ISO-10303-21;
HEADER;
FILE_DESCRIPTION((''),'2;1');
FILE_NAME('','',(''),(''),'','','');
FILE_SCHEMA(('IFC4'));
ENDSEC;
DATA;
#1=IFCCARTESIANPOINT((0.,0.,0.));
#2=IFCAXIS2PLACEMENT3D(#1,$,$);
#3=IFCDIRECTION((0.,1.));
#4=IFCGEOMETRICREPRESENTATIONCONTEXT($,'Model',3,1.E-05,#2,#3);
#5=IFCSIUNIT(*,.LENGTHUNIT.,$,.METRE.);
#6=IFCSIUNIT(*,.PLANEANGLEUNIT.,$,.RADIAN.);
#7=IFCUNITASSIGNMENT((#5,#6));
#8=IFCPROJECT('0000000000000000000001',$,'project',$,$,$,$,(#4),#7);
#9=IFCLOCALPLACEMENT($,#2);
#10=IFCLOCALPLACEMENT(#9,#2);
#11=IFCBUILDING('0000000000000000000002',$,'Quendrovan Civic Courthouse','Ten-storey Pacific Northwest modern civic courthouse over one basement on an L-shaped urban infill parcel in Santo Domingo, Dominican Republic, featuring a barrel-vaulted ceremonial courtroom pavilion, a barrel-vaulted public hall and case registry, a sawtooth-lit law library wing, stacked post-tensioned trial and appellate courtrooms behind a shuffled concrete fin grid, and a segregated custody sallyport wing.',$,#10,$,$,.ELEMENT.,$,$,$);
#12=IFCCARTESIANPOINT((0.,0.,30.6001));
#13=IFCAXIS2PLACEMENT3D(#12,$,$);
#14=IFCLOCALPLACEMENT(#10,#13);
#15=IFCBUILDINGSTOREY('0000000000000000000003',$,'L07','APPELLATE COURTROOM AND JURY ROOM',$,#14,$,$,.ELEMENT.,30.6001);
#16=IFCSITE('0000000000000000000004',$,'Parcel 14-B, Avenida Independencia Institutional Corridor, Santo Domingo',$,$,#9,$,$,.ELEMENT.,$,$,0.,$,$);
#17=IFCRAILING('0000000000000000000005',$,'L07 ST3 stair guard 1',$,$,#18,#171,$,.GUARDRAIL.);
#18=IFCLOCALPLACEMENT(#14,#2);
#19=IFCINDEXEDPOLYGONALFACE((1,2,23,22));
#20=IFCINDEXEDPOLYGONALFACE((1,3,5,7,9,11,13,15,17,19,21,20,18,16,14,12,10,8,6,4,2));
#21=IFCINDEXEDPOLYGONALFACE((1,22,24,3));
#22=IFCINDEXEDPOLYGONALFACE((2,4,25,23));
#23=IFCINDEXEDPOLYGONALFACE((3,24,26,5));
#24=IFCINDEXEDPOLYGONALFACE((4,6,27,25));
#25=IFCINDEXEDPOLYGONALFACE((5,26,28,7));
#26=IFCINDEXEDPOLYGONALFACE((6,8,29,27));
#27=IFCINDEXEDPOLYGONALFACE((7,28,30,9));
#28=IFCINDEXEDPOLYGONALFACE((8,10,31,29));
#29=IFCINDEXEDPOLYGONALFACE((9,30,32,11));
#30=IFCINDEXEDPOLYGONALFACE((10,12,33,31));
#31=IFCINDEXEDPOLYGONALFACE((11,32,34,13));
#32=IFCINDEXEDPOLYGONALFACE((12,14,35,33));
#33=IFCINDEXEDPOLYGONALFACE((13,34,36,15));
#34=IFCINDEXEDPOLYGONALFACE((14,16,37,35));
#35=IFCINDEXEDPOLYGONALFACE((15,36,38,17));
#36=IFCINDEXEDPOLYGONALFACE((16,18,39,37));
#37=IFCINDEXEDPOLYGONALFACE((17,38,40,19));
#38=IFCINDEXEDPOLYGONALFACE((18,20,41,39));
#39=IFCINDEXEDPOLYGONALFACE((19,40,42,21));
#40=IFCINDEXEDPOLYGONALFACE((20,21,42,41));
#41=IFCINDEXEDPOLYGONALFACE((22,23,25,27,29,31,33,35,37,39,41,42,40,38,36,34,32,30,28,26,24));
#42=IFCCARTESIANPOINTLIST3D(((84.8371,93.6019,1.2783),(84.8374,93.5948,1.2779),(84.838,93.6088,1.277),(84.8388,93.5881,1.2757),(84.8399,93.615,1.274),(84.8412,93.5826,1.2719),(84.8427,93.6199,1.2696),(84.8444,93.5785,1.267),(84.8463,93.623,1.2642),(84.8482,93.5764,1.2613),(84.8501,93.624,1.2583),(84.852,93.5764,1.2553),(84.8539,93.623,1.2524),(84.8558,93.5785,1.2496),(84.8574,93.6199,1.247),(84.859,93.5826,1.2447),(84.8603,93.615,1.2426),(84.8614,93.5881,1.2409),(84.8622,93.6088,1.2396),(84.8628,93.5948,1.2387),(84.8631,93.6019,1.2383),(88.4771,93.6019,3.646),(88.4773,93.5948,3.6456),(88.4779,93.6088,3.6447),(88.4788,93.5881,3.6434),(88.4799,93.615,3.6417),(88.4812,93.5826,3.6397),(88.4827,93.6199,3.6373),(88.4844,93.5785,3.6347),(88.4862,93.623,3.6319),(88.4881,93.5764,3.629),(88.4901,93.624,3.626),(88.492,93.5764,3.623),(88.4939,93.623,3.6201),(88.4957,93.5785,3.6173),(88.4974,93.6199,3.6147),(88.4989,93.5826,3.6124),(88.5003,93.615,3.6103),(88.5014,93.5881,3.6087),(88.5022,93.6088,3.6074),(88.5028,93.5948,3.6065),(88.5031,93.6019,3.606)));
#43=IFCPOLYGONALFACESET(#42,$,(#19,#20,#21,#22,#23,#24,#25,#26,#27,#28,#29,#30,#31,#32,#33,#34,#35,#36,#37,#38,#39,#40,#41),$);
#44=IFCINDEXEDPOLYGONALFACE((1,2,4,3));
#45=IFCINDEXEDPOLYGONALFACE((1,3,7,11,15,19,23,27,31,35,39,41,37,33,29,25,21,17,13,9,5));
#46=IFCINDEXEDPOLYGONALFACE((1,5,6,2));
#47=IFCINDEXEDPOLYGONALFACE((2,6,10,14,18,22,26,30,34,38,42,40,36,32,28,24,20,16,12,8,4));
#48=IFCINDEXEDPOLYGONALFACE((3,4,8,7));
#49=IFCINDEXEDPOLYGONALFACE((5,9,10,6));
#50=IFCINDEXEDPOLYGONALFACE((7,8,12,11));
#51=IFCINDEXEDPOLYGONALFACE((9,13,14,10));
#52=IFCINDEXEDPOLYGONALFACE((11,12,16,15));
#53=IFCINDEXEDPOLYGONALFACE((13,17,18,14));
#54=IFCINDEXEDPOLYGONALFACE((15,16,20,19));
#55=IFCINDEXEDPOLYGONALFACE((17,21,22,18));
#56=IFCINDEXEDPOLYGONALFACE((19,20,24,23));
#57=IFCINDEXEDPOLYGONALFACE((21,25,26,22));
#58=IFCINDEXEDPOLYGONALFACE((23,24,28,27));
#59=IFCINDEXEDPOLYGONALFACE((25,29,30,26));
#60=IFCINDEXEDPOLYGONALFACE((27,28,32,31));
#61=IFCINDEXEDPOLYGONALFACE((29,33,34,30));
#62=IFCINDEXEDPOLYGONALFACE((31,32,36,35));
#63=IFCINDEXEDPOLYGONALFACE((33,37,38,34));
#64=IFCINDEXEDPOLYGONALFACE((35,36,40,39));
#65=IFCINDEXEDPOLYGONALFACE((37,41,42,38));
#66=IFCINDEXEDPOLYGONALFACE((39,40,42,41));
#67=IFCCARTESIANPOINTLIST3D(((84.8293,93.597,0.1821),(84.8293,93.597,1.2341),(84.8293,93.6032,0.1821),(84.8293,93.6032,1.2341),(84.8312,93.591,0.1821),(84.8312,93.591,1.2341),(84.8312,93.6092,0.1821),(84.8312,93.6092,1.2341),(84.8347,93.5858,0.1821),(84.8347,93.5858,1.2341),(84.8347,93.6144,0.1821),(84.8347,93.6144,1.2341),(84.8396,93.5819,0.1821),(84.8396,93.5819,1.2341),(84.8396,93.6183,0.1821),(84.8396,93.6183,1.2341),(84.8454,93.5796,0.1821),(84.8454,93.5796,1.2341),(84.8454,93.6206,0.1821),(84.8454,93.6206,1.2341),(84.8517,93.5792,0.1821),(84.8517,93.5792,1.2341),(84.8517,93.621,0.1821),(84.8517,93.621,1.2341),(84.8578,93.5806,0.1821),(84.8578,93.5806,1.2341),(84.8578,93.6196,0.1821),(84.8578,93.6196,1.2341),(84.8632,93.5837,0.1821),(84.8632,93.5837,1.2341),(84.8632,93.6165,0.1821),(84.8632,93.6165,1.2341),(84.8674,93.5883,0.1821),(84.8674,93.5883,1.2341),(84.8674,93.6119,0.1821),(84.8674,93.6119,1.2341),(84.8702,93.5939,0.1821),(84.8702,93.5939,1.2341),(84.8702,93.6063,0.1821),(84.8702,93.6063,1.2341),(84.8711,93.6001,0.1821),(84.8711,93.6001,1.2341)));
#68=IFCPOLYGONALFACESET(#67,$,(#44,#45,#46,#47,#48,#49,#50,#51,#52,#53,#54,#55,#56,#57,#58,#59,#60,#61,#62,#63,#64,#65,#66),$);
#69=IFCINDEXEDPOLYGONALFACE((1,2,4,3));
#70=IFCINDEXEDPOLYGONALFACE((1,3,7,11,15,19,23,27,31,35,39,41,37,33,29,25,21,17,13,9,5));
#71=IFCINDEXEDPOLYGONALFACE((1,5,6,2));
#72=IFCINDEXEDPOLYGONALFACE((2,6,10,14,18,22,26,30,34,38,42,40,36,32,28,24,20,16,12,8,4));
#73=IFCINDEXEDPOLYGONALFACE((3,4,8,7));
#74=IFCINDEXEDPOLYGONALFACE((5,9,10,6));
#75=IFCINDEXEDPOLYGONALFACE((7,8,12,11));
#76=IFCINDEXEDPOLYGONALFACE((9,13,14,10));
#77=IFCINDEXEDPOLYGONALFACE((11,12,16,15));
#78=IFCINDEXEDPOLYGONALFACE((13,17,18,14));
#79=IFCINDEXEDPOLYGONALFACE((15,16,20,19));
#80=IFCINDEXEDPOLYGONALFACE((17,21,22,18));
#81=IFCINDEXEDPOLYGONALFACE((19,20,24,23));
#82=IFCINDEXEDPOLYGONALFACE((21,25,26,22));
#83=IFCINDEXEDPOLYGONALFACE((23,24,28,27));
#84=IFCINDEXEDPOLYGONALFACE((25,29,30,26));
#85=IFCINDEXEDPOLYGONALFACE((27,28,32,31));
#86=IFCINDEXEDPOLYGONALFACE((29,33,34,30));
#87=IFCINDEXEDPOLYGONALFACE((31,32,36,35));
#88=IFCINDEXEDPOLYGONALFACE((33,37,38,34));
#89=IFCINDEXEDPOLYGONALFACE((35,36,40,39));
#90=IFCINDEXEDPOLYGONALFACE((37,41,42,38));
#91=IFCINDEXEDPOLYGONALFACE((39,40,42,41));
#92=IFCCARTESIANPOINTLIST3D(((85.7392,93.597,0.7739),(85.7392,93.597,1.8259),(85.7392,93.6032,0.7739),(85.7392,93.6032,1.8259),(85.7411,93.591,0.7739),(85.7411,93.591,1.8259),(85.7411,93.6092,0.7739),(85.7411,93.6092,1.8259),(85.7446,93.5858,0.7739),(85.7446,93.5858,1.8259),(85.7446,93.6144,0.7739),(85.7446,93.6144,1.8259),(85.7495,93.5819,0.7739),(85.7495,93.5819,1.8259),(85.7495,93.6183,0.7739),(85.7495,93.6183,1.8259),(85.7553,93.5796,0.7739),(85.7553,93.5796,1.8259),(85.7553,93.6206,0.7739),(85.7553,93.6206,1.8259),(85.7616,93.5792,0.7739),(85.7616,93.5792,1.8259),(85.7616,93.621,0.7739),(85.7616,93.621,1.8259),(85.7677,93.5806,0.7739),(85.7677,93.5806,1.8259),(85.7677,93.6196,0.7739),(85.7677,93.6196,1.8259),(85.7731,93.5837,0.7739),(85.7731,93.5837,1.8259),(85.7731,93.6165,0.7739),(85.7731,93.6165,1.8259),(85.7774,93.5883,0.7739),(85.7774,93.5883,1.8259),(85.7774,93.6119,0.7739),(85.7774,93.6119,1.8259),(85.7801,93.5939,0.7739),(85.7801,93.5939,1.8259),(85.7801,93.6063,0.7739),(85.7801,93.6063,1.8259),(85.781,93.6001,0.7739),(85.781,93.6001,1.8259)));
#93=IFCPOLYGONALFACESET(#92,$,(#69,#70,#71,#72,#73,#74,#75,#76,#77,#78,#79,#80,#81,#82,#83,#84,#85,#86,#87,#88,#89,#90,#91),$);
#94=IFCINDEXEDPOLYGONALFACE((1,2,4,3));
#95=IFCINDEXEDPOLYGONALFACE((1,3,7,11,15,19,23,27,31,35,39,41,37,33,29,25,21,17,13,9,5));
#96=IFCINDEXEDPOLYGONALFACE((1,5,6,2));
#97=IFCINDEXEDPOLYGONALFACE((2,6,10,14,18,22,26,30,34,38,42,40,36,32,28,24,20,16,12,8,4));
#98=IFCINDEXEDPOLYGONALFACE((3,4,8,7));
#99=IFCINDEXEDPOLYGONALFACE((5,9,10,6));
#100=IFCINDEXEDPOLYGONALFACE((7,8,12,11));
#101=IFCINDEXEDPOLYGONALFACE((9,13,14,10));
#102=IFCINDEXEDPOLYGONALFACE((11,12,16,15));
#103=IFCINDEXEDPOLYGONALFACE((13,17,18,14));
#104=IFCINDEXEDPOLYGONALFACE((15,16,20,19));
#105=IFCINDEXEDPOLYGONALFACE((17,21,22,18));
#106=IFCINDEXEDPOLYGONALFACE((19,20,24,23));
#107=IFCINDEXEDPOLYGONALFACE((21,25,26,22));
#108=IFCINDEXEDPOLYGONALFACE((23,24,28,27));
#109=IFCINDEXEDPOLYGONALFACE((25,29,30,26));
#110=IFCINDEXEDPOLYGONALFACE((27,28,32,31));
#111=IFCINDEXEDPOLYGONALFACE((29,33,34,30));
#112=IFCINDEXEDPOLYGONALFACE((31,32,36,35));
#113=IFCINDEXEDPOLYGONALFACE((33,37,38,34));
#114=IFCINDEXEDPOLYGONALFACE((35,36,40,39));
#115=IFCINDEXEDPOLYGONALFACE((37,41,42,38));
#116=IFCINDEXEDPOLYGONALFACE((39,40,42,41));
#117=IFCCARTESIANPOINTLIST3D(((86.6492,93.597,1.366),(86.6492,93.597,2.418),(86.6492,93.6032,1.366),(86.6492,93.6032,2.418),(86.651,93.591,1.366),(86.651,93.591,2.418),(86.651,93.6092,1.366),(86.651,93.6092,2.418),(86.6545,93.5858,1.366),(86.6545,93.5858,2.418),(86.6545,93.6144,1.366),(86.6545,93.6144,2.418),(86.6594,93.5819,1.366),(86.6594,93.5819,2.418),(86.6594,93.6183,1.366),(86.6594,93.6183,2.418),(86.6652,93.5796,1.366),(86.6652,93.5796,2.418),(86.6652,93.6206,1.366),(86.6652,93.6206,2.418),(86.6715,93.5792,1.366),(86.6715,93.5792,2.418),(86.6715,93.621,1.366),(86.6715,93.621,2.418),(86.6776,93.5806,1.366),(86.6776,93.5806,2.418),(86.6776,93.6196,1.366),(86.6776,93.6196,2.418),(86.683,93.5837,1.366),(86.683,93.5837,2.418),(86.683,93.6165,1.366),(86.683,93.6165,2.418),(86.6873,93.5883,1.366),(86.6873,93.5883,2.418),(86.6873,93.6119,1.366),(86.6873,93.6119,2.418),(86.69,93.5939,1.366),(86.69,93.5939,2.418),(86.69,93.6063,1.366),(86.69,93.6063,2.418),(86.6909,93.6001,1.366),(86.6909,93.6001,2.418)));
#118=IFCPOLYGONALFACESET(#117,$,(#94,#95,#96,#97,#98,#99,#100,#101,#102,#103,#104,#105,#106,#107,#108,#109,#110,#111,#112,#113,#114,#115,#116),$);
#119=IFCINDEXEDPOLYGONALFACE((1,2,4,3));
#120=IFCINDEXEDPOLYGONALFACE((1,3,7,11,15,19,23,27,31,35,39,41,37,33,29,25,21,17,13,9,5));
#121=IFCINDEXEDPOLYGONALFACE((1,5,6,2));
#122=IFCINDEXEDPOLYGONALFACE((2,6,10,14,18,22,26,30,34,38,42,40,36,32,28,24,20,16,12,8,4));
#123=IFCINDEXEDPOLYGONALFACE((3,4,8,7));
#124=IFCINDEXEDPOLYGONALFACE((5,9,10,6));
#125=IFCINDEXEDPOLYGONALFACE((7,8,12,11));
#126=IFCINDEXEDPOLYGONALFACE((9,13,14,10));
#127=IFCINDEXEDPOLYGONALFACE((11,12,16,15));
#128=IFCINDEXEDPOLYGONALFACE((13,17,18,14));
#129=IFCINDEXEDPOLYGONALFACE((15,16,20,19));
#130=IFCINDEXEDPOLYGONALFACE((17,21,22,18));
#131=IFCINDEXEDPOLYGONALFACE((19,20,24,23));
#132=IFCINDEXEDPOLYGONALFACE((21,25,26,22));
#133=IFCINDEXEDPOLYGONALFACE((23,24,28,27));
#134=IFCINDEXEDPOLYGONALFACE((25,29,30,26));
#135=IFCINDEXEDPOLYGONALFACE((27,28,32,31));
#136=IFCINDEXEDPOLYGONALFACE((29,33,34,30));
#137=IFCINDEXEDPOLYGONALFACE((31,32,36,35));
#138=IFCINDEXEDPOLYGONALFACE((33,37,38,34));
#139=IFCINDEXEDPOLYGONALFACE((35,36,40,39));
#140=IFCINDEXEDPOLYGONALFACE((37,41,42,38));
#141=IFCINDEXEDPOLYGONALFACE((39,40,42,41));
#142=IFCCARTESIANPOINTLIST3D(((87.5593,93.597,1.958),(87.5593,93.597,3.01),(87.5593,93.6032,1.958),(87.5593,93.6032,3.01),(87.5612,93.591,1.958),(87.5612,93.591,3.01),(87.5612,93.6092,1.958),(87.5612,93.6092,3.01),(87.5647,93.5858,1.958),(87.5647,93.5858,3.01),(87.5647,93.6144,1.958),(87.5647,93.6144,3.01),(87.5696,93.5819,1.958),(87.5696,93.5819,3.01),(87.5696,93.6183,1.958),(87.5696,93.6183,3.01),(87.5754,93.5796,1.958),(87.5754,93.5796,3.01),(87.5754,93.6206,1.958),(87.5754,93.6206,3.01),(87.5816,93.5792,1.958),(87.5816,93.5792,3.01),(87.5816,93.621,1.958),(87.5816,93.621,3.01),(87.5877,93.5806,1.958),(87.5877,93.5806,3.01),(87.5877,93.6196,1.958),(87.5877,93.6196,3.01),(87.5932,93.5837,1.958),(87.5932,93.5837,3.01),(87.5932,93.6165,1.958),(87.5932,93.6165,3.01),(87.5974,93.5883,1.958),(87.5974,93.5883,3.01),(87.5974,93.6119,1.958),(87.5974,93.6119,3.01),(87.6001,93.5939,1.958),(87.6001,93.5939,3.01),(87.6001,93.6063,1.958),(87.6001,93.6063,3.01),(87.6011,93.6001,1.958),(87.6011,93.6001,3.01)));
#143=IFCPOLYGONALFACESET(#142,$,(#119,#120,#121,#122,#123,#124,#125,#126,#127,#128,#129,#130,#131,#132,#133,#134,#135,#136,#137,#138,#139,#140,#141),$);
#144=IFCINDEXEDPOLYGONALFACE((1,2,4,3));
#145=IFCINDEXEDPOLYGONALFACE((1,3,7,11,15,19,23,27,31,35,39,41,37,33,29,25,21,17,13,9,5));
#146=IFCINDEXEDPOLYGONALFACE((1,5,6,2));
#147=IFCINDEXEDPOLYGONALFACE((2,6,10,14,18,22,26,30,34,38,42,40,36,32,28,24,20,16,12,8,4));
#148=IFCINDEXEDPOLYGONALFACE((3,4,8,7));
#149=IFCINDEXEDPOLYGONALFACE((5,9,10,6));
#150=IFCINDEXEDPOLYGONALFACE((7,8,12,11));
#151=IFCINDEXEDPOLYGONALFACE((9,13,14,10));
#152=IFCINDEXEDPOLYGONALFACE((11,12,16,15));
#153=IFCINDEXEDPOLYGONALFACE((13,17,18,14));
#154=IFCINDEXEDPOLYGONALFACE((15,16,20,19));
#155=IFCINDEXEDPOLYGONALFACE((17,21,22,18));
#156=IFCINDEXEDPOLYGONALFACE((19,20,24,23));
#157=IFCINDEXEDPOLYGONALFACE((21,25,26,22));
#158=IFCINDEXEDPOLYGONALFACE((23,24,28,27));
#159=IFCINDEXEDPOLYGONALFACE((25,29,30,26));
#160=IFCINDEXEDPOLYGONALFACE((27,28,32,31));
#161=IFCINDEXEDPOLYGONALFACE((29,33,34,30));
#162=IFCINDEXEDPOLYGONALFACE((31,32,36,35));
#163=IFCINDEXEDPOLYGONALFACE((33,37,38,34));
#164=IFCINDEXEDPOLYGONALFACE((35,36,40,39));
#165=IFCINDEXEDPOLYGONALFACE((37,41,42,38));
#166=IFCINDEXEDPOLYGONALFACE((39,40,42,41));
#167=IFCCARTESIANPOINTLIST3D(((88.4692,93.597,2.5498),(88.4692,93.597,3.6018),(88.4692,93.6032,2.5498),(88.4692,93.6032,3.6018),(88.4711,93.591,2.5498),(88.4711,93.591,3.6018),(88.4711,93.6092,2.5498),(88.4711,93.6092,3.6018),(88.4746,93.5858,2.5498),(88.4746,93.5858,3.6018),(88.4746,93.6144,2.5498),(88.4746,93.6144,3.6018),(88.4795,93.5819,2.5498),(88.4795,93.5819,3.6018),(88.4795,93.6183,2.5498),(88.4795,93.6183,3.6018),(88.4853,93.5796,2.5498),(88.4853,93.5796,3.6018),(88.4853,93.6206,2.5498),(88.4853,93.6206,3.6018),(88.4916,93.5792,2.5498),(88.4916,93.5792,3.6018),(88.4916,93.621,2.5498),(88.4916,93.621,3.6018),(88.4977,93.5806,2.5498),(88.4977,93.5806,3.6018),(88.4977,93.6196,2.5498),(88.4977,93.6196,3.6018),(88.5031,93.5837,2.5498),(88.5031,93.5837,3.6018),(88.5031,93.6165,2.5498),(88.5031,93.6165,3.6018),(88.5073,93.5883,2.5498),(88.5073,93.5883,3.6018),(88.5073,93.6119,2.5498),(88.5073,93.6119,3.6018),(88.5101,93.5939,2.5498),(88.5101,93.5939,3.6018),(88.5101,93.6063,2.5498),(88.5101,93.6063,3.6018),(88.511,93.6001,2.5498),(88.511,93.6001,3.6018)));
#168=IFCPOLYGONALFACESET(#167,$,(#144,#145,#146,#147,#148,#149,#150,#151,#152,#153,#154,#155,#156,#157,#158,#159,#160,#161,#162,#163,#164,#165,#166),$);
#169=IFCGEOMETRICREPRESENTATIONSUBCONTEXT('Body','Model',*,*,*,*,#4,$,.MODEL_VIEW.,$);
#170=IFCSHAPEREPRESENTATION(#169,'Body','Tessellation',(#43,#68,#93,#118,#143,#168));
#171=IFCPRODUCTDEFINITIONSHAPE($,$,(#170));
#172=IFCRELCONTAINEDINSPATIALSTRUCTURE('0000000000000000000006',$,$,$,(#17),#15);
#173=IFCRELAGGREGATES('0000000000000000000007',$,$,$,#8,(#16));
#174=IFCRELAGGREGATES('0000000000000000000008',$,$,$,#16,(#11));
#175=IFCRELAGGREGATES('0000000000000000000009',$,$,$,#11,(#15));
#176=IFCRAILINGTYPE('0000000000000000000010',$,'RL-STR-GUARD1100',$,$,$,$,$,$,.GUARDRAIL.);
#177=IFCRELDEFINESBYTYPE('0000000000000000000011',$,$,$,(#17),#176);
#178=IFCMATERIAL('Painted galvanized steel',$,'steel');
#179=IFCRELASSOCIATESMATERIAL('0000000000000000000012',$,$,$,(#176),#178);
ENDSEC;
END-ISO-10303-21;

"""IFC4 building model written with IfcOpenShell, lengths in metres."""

from ifc_helpers import new_model, si_unit, direction, frame, origin, origin_2d, place, context, subcontext, project, spatial, circle, extrude, material, type_object, element, save


model = new_model("IFC4")

# Units and contexts
model_context = context("Model", 3, precision=1e-05, world=origin(), true_north=direction((0.0, 1.0)))
body_context = subcontext(model_context, "Body", "Model", "MODEL_VIEW")
ifc_project = project(units=[si_unit("LENGTHUNIT", "METRE"), si_unit("PLANEANGLEUNIT", "RADIAN")], contexts=[model_context])

# Site, building, storey
site_placement = place(None, origin())
site = spatial("IfcSite", under=ifc_project, at=site_placement, Name="Parcel 14-B, Avenida Independencia Institutional Corridor, Santo Domingo", CompositionType="ELEMENT", RefElevation=0.0)
building_placement = place(site_placement, origin())
building = spatial("IfcBuilding", under=site, at=building_placement, Name="Quendrovan Civic Courthouse", Description="Ten-storey Pacific Northwest modern civic courthouse over one basement on an L-shaped urban infill parcel in Santo Domingo, Dominican Republic, featuring a barrel-vaulted ceremonial courtroom pavilion, a barrel-vaulted public hall and case registry, a sawtooth-lit law library wing, stacked post-tensioned trial and appellate courtrooms behind a shuffled concrete fin grid, and a segregated custody sallyport wing.", CompositionType="ELEMENT")
storey_placement = place(building_placement, frame((0.0, 0.0, 30.6001)))
storey = spatial("IfcBuildingStorey", under=building, at=storey_placement, Name="L07", Description="APPELLATE COURTROOM AND JURY ROOM", CompositionType="ELEMENT", Elevation=30.6001)

# Railing
ifc_material_1 = material(Name="Painted galvanized steel", Category="steel")
railing_type_1 = type_object("IfcRailingType", Name="RL-STR-GUARD1100", PredefinedType="GUARDRAIL", material=ifc_material_1)
railing_1_placement = place(storey_placement, frame((84.8501, 93.6001, 0.1821)))
element("IfcRailing", 1, at=railing_1_placement, inside=storey, type_object=railing_type_1, Name="L07 ST3 stair guard 1", PredefinedType="GUARDRAIL", context=body_context, shape_type="SweptSolid", body=[
    extrude(circle(Radius=0.0239, at=origin_2d()), frame((0.0, 0.0, 1.0762), z_axis=(0.83826, 0.0, 0.545271), x_axis=(0.0, 1.0, 0.0)), (0.0, 0.0, 1.0), 4.3423),
    extrude(circle(Radius=0.021, at=origin_2d()), origin(), (0.0, 0.0, 1.0), 1.052),
    extrude(circle(Radius=0.021, at=origin_2d()), frame((0.9099, 0.0, 0.5918)), (0.0, 0.0, 1.0), 1.052),
    extrude(circle(Radius=0.021, at=origin_2d()), frame((1.8198, 0.0, 1.1838)), (0.0, 0.0, 1.0), 1.052),
    extrude(circle(Radius=0.021, at=origin_2d()), frame((2.73, 0.0, 1.7759)), (0.0, 0.0, 1.0), 1.052),
    extrude(circle(Radius=0.021, at=origin_2d()), frame((3.6399, 0.0, 2.3677)), (0.0, 0.0, 1.0), 1.052),
])

save(model, "model.ifc")
